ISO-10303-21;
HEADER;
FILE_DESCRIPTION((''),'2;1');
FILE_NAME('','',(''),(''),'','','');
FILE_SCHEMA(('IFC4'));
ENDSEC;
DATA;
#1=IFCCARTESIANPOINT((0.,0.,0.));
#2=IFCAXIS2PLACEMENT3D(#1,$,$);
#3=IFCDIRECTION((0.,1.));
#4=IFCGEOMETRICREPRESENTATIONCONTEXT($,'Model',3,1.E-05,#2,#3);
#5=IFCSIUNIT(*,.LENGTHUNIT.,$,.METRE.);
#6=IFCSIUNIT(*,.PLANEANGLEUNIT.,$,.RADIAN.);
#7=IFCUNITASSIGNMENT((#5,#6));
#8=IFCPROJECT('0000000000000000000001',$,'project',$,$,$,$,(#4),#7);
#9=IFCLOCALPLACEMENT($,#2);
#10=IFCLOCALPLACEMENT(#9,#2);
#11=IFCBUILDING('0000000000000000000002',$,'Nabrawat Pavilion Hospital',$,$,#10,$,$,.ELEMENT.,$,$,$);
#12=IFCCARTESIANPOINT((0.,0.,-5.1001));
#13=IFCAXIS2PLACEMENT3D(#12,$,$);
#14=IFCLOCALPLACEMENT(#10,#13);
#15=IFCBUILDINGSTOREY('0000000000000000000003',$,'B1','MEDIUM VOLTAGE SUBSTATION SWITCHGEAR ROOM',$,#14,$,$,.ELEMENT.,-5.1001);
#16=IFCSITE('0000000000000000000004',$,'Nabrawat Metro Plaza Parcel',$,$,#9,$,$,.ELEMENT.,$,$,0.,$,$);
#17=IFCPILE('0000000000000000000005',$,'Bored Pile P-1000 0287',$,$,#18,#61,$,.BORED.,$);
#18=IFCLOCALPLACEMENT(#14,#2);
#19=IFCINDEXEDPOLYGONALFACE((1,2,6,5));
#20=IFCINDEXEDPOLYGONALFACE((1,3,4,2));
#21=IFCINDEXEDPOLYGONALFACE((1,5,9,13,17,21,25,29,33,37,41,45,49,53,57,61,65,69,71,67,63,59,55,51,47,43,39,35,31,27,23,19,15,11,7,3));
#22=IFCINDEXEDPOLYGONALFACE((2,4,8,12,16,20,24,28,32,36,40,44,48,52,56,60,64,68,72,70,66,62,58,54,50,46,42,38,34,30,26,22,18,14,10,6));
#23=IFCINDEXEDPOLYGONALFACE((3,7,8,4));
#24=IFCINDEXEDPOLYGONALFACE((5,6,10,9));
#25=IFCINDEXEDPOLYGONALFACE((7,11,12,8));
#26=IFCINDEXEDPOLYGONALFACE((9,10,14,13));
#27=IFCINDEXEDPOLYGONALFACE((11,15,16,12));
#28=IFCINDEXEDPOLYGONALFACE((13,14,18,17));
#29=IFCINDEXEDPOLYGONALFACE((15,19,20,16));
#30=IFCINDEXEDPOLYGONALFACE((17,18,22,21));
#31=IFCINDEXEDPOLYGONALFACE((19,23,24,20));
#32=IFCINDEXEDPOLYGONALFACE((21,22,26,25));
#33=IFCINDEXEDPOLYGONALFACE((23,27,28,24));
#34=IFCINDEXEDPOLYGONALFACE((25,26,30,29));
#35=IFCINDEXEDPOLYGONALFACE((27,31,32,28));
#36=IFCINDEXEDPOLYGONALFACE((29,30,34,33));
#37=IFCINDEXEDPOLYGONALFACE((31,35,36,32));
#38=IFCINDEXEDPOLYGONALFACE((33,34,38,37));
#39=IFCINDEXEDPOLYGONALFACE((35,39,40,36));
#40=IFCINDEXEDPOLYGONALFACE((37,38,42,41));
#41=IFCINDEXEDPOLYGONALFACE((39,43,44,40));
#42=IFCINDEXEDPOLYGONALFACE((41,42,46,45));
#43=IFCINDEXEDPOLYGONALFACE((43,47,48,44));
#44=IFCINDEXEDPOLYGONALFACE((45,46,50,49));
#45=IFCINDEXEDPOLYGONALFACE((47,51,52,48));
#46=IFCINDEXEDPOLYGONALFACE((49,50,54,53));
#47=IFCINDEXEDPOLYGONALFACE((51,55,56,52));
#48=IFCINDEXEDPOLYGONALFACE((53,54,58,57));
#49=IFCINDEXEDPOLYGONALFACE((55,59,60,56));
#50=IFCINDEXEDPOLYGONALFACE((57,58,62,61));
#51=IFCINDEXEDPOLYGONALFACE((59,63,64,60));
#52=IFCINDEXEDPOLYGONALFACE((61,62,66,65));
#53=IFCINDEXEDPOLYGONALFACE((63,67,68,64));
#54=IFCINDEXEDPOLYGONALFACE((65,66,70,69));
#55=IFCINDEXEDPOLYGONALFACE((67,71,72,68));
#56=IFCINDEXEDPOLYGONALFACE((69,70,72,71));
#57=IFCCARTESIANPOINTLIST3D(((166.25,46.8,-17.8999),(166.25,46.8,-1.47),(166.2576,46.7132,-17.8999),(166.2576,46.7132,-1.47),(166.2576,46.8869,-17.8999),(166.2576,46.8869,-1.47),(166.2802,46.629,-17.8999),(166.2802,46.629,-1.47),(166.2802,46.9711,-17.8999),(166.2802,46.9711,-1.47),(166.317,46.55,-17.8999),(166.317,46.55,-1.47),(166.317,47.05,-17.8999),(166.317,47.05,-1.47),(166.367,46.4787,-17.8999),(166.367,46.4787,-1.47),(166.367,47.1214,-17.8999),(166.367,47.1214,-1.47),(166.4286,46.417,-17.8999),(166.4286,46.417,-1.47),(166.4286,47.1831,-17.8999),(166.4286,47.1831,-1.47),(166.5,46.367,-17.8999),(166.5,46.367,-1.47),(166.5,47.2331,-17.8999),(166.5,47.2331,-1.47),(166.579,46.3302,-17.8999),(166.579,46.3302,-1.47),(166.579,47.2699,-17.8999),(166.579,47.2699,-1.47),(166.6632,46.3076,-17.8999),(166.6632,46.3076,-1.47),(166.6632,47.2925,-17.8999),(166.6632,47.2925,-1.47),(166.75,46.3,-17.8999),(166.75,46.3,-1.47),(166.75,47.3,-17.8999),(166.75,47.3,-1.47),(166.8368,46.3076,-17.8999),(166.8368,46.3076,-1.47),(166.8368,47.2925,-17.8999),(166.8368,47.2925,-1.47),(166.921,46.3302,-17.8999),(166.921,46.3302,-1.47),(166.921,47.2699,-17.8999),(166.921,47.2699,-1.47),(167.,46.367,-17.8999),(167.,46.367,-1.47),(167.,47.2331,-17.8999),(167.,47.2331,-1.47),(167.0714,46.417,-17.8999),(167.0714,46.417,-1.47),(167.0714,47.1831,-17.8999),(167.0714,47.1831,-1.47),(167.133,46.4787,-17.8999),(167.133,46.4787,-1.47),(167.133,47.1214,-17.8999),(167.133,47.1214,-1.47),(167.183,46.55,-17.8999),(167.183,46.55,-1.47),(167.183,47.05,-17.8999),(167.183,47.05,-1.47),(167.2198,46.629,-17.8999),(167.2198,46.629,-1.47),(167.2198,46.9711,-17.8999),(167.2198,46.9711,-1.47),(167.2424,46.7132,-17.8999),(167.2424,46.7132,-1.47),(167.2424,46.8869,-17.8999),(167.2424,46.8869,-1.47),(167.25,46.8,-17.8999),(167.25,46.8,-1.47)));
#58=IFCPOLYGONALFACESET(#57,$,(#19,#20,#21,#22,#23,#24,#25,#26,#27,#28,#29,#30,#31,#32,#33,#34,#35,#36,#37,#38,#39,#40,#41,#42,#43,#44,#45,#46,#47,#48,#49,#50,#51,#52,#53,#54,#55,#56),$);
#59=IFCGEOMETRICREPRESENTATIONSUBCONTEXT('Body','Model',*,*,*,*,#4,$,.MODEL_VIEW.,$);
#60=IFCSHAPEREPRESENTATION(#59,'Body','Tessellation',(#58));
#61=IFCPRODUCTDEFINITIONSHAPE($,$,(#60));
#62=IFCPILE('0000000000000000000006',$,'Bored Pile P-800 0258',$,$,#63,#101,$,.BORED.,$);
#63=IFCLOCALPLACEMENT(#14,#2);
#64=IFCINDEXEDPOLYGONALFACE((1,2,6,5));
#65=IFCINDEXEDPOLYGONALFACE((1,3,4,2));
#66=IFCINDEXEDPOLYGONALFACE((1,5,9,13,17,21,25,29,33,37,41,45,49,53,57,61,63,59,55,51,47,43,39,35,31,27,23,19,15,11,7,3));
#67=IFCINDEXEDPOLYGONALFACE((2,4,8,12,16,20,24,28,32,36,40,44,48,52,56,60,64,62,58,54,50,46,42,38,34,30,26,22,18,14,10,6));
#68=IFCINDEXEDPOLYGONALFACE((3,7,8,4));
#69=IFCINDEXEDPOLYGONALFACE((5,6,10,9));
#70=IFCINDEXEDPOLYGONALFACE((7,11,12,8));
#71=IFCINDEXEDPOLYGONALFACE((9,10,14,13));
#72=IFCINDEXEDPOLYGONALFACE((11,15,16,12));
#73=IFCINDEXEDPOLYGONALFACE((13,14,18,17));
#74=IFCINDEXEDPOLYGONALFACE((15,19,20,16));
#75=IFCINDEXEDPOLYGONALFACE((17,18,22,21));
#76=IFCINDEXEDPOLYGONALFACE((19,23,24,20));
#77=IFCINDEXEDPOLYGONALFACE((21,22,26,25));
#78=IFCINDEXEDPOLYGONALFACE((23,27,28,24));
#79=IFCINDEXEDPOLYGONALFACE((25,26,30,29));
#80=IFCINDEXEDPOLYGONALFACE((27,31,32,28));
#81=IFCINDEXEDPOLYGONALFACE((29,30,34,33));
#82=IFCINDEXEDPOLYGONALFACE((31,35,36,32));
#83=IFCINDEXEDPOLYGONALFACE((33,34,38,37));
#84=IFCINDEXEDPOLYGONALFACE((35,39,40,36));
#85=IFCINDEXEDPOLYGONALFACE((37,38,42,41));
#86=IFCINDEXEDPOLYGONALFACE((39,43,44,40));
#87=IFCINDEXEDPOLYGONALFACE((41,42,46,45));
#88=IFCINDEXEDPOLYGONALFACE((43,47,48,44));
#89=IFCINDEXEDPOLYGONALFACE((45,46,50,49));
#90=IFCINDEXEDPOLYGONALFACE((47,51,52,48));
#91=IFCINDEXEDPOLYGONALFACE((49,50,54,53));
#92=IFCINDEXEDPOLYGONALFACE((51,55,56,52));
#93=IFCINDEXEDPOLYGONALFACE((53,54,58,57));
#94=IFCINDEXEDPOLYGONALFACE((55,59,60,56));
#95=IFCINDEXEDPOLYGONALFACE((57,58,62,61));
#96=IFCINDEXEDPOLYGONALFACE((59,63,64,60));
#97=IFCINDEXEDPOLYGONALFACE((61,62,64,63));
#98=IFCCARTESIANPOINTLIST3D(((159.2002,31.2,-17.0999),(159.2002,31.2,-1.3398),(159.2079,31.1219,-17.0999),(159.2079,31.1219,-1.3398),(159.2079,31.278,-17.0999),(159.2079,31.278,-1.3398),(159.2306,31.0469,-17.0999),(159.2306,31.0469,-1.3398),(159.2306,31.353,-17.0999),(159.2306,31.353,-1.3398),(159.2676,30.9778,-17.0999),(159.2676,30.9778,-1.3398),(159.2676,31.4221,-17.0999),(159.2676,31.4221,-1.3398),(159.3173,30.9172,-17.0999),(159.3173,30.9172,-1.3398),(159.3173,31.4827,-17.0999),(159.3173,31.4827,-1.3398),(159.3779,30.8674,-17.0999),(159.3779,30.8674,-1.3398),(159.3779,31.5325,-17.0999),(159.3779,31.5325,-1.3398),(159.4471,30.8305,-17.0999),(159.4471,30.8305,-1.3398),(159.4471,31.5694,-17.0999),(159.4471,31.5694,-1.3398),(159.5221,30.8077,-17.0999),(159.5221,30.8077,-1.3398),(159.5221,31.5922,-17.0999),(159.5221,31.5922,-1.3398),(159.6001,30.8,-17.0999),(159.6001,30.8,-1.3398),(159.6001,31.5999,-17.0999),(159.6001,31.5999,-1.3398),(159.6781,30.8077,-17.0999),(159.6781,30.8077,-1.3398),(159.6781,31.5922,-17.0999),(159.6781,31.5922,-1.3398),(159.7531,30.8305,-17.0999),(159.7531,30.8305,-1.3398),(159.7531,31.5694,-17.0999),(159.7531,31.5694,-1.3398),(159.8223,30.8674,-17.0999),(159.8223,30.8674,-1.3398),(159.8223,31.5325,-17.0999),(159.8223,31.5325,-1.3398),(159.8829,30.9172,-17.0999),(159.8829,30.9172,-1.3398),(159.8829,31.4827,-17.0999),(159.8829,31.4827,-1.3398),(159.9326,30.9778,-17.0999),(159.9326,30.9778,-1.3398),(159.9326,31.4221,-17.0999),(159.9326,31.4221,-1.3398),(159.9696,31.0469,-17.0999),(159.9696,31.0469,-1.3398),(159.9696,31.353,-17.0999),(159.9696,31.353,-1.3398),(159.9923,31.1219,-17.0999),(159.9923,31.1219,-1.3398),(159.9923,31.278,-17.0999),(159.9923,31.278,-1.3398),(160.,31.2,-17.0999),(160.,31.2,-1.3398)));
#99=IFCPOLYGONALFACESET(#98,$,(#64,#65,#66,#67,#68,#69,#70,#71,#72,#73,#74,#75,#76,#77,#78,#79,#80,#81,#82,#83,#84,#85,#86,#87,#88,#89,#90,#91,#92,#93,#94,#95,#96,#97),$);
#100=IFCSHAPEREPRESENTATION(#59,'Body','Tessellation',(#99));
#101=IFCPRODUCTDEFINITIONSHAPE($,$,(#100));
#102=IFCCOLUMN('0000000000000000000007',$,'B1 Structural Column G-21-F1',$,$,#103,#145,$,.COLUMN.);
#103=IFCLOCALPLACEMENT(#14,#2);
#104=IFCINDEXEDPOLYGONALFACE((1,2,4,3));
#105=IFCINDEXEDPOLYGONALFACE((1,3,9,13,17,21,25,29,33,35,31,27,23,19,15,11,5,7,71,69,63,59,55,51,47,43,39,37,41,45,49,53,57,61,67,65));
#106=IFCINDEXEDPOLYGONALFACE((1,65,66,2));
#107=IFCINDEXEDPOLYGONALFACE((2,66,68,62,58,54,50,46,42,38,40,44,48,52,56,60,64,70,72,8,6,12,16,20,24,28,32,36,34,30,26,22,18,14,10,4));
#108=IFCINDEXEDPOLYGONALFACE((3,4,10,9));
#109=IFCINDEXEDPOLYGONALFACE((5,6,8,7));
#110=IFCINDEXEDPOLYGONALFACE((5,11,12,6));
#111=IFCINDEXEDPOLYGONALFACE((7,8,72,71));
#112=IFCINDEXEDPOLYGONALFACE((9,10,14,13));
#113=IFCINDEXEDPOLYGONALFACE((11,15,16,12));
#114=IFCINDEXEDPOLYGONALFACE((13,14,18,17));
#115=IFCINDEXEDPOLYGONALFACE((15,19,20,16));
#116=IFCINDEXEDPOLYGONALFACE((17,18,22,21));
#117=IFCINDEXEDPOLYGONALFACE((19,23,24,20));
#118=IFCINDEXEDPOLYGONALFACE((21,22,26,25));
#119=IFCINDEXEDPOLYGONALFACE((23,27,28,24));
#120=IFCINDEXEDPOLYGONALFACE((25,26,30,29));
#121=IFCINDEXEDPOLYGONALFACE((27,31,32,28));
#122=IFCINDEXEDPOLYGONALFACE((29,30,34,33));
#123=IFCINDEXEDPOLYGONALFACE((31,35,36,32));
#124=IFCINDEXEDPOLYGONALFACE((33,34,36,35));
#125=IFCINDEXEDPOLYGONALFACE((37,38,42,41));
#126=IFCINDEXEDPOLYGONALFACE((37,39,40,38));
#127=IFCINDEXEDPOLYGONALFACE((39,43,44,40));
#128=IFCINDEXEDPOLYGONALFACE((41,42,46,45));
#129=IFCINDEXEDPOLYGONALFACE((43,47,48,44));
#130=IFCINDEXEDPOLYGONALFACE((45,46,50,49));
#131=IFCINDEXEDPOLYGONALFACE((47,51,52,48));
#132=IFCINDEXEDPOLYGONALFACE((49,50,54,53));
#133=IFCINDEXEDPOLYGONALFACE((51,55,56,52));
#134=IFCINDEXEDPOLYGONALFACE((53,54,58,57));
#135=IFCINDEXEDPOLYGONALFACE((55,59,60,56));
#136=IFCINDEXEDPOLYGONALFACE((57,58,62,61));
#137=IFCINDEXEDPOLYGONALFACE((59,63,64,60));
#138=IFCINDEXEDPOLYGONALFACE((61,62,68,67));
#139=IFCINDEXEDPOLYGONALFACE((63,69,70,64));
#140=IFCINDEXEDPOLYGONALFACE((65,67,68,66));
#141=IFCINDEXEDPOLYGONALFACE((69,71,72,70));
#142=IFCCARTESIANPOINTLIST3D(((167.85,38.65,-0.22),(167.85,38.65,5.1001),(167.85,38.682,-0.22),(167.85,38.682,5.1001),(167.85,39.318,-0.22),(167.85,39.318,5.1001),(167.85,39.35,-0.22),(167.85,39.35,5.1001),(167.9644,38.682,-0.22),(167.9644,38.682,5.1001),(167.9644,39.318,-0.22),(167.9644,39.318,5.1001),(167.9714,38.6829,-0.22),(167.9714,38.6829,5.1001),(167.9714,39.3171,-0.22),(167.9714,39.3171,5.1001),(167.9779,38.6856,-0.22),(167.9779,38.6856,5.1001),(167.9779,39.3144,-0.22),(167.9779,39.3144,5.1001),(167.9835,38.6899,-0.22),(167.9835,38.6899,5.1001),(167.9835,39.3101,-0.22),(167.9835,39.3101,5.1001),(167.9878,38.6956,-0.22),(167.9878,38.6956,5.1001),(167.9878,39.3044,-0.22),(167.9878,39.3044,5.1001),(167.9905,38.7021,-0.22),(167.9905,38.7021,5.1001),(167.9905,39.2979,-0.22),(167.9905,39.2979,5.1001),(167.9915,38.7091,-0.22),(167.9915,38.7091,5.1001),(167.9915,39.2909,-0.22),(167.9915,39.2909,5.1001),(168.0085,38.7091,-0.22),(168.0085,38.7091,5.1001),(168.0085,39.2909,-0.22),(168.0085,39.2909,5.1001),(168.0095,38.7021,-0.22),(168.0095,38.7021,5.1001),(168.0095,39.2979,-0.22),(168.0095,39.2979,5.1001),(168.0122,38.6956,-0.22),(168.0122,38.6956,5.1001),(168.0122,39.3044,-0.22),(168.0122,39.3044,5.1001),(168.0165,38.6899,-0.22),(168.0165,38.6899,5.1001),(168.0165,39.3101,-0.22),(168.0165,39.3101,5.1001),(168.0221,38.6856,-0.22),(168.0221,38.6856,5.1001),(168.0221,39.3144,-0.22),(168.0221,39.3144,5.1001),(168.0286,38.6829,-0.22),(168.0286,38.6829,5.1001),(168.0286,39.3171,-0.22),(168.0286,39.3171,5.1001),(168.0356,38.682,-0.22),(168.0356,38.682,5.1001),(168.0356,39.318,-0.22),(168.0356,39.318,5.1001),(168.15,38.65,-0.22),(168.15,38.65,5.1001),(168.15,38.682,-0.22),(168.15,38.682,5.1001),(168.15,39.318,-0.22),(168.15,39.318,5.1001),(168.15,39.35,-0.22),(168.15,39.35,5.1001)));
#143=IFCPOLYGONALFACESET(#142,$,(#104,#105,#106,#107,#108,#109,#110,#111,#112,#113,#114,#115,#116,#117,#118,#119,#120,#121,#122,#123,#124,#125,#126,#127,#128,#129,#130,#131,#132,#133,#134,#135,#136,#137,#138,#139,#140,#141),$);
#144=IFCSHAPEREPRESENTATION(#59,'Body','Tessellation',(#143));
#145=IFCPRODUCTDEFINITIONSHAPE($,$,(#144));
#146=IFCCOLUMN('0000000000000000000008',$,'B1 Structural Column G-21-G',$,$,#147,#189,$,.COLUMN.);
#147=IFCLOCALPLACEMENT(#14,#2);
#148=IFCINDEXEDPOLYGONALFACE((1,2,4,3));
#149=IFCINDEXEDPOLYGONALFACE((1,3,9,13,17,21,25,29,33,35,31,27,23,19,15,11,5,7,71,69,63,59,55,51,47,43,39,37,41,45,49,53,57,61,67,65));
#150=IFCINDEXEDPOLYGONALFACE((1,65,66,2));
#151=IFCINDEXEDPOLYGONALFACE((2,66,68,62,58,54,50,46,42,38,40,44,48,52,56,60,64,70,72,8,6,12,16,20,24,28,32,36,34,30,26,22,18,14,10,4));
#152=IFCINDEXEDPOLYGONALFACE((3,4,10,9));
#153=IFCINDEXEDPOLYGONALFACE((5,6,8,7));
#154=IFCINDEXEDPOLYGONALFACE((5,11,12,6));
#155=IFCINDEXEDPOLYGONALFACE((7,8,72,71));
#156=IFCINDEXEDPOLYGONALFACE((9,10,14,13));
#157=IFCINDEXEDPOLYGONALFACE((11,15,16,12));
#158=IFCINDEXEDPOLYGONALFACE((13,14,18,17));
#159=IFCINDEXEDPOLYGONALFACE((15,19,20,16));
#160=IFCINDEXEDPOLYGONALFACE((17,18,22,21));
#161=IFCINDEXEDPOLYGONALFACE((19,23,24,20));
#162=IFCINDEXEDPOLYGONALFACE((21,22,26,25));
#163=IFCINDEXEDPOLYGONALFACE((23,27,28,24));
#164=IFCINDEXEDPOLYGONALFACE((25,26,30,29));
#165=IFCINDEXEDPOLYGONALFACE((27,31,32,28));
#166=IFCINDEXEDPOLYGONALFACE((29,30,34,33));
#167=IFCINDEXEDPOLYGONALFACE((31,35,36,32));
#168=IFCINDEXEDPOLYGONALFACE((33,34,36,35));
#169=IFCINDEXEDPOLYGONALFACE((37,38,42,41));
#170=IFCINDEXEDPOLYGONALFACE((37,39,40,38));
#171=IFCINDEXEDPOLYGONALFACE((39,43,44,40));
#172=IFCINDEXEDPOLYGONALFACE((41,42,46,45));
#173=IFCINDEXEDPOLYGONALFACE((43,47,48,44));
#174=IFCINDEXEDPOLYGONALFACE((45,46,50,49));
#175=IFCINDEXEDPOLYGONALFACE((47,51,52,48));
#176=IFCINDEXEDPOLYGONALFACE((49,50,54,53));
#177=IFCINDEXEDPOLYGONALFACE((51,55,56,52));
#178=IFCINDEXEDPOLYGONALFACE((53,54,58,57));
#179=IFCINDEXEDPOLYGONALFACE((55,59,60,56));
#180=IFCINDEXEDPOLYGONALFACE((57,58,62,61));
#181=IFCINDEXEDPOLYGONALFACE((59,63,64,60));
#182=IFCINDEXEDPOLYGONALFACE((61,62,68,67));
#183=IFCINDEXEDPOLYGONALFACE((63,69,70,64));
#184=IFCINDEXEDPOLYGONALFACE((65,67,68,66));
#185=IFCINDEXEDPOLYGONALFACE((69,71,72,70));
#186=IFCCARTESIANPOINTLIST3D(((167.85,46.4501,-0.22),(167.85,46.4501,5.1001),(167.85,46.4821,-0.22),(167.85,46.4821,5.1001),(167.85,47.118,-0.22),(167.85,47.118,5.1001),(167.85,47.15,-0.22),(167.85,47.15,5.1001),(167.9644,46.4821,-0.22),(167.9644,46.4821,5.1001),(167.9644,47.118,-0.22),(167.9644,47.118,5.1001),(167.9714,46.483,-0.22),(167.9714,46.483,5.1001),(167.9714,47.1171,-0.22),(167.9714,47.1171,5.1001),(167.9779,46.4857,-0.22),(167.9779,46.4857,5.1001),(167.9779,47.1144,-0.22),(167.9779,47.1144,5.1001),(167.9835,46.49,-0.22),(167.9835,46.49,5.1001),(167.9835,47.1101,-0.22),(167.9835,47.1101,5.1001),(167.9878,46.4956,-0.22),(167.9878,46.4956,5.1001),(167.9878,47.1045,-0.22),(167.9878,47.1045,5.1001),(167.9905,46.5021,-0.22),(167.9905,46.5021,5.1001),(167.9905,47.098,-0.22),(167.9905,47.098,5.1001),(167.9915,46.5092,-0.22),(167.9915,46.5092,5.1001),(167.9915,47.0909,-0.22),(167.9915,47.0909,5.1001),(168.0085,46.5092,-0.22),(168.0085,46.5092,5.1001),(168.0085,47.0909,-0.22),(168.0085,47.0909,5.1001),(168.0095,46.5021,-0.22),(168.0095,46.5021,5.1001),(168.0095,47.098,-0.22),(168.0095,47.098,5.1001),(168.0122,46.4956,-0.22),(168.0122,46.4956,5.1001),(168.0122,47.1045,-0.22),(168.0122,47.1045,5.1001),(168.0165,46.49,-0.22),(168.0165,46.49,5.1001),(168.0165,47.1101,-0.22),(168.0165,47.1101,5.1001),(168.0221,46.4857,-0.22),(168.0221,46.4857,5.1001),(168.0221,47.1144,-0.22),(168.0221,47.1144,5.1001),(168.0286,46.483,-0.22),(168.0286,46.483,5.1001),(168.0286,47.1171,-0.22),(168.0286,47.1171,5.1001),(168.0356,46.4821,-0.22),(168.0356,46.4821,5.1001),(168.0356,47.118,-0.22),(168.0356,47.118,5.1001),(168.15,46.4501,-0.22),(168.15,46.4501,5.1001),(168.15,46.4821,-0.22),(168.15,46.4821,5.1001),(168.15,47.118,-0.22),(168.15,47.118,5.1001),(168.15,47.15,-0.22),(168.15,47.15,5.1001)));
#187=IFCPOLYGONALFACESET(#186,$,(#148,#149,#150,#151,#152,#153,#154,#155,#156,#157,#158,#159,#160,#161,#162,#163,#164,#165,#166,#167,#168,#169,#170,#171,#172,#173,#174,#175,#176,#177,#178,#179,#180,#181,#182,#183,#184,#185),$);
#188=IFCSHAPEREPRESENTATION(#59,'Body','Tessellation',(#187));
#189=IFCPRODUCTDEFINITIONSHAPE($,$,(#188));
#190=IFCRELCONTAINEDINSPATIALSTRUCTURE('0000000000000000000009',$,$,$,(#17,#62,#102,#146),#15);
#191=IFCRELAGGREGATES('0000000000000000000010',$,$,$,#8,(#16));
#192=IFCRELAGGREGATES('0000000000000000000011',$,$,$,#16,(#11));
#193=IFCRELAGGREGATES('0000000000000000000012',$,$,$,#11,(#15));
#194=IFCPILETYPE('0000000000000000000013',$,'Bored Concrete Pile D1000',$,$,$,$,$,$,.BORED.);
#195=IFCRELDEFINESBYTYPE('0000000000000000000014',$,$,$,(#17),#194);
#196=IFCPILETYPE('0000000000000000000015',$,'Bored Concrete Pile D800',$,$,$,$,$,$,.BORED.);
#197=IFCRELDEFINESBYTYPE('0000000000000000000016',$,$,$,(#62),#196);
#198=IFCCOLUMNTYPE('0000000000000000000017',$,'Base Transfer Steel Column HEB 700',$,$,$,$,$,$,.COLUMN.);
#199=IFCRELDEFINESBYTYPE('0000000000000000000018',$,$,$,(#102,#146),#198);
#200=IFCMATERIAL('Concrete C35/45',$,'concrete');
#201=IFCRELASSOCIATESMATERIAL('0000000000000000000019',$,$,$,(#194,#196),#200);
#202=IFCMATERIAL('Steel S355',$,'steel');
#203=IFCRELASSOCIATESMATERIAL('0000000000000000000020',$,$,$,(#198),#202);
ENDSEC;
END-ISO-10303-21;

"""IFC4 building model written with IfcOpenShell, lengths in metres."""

from ifc_helpers import new_model, si_unit, direction, frame, origin, origin_2d, place, context, subcontext, project, spatial, circle, i_section, extrude, material, material_profile, profile_set, type_object, element, save


model = new_model("IFC4")

# Units and contexts
model_context = context("Model", 3, precision=1e-05, world=origin(), true_north=direction((0.0, 1.0)))
body_context = subcontext(model_context, "Body", "Model", "MODEL_VIEW")
ifc_project = project(units=[si_unit("LENGTHUNIT", "METRE"), si_unit("PLANEANGLEUNIT", "RADIAN")], contexts=[model_context])

# Site, building, storey
site_placement = place(None, origin())
site = spatial("IfcSite", under=ifc_project, at=site_placement, Name="Nabrawat Metro Plaza Parcel", CompositionType="ELEMENT", RefElevation=0.0)
building_placement = place(site_placement, origin())
building = spatial("IfcBuilding", under=site, at=building_placement, Name="Nabrawat Pavilion Hospital", CompositionType="ELEMENT")
storey_placement = place(building_placement, frame((0.0, 0.0, -5.1001)))
storey = spatial("IfcBuildingStorey", under=building, at=storey_placement, Name="B1", Description="MEDIUM VOLTAGE SUBSTATION SWITCHGEAR ROOM", CompositionType="ELEMENT", Elevation=-5.1001)

# Piles
ifc_material_1 = material(Name="Concrete C35/45", Category="concrete")
ifc_material_profile_1 = material_profile(ifc_material_1, circle(Radius=0.5, at=origin_2d()), Name="DIA 1000")
ifc_profile_set_1 = profile_set([ifc_material_profile_1], Name="Concrete C35/45")
pile_type_1 = type_object("IfcPileType", Name="Bored Concrete Pile D1000", PredefinedType="BORED", material=ifc_profile_set_1)
for number, where, z_axis, x_axis, name in (
    (1, (166.75, 46.8, -1.47), (0.0, 0.0, -1.0), (1.0, 0.0, 0.0), "Bored Pile P-1000 0287"),
):
    element("IfcPile", number, at=place(storey_placement, frame(where, z_axis=z_axis, x_axis=x_axis)), inside=storey, type_object=pile_type_1, Name=name, PredefinedType="BORED", context=body_context, shape_type="SweptSolid", body=[
        extrude(circle(Radius=0.5, at=origin_2d()), origin(), (0.0, 0.0, 1.0), 16.4299),
    ])
ifc_material_profile_2 = material_profile(ifc_material_1, circle(Radius=0.3999, at=origin_2d()), Name="DIA 800")
ifc_profile_set_2 = profile_set([ifc_material_profile_2], Name="Concrete C35/45")
pile_type_2 = type_object("IfcPileType", Name="Bored Concrete Pile D800", PredefinedType="BORED", material=ifc_profile_set_2)
pile_placement = place(storey_placement, frame((159.6001, 31.2, -1.3398), z_axis=(0.0, 0.0, -1.0), x_axis=(1.0, 0.0, 0.0)))
element("IfcPile", 2, at=pile_placement, inside=storey, type_object=pile_type_2, Name="Bored Pile P-800 0258", PredefinedType="BORED", context=body_context, shape_type="SweptSolid", body=[
    extrude(circle(Radius=0.3999, at=origin_2d()), origin(), (0.0, 0.0, 1.0), 15.76),
])

# Columns
ifc_material_2 = material(Name="Steel S355", Category="steel")
ifc_material_profile_3 = material_profile(ifc_material_2, i_section(OverallWidth=0.3, OverallDepth=0.7, WebThickness=0.0171, FlangeThickness=0.032, FilletRadius=0.0271, at=origin_2d()), Name="HEB 700")
ifc_profile_set_3 = profile_set([ifc_material_profile_3], Name="Steel S355")
column_type_1 = type_object("IfcColumnType", Name="Base Transfer Steel Column HEB 700", PredefinedType="COLUMN", material=ifc_profile_set_3)
for number, where, z_axis, x_axis, name in (
    (3, (168.0, 39.0, -0.22), (0.0, 0.0, 1.0), (1.0, 0.0, 0.0), "B1 Structural Column G-21-F1"),
    (4, (168.0, 46.8, -0.22), (0.0, 0.0, 1.0), (1.0, 0.0, 0.0), "B1 Structural Column G-21-G"),
):
    element("IfcColumn", number, at=place(storey_placement, frame(where, z_axis=z_axis, x_axis=x_axis)), inside=storey, type_object=column_type_1, Name=name, PredefinedType="COLUMN", context=body_context, shape_type="SweptSolid", body=[
        extrude(i_section(OverallWidth=0.3, OverallDepth=0.7, WebThickness=0.0171, FlangeThickness=0.032, FilletRadius=0.0271, at=origin_2d()), origin(), (0.0, 0.0, 1.0), 5.3201),
    ])

save(model, "model.ifc")
